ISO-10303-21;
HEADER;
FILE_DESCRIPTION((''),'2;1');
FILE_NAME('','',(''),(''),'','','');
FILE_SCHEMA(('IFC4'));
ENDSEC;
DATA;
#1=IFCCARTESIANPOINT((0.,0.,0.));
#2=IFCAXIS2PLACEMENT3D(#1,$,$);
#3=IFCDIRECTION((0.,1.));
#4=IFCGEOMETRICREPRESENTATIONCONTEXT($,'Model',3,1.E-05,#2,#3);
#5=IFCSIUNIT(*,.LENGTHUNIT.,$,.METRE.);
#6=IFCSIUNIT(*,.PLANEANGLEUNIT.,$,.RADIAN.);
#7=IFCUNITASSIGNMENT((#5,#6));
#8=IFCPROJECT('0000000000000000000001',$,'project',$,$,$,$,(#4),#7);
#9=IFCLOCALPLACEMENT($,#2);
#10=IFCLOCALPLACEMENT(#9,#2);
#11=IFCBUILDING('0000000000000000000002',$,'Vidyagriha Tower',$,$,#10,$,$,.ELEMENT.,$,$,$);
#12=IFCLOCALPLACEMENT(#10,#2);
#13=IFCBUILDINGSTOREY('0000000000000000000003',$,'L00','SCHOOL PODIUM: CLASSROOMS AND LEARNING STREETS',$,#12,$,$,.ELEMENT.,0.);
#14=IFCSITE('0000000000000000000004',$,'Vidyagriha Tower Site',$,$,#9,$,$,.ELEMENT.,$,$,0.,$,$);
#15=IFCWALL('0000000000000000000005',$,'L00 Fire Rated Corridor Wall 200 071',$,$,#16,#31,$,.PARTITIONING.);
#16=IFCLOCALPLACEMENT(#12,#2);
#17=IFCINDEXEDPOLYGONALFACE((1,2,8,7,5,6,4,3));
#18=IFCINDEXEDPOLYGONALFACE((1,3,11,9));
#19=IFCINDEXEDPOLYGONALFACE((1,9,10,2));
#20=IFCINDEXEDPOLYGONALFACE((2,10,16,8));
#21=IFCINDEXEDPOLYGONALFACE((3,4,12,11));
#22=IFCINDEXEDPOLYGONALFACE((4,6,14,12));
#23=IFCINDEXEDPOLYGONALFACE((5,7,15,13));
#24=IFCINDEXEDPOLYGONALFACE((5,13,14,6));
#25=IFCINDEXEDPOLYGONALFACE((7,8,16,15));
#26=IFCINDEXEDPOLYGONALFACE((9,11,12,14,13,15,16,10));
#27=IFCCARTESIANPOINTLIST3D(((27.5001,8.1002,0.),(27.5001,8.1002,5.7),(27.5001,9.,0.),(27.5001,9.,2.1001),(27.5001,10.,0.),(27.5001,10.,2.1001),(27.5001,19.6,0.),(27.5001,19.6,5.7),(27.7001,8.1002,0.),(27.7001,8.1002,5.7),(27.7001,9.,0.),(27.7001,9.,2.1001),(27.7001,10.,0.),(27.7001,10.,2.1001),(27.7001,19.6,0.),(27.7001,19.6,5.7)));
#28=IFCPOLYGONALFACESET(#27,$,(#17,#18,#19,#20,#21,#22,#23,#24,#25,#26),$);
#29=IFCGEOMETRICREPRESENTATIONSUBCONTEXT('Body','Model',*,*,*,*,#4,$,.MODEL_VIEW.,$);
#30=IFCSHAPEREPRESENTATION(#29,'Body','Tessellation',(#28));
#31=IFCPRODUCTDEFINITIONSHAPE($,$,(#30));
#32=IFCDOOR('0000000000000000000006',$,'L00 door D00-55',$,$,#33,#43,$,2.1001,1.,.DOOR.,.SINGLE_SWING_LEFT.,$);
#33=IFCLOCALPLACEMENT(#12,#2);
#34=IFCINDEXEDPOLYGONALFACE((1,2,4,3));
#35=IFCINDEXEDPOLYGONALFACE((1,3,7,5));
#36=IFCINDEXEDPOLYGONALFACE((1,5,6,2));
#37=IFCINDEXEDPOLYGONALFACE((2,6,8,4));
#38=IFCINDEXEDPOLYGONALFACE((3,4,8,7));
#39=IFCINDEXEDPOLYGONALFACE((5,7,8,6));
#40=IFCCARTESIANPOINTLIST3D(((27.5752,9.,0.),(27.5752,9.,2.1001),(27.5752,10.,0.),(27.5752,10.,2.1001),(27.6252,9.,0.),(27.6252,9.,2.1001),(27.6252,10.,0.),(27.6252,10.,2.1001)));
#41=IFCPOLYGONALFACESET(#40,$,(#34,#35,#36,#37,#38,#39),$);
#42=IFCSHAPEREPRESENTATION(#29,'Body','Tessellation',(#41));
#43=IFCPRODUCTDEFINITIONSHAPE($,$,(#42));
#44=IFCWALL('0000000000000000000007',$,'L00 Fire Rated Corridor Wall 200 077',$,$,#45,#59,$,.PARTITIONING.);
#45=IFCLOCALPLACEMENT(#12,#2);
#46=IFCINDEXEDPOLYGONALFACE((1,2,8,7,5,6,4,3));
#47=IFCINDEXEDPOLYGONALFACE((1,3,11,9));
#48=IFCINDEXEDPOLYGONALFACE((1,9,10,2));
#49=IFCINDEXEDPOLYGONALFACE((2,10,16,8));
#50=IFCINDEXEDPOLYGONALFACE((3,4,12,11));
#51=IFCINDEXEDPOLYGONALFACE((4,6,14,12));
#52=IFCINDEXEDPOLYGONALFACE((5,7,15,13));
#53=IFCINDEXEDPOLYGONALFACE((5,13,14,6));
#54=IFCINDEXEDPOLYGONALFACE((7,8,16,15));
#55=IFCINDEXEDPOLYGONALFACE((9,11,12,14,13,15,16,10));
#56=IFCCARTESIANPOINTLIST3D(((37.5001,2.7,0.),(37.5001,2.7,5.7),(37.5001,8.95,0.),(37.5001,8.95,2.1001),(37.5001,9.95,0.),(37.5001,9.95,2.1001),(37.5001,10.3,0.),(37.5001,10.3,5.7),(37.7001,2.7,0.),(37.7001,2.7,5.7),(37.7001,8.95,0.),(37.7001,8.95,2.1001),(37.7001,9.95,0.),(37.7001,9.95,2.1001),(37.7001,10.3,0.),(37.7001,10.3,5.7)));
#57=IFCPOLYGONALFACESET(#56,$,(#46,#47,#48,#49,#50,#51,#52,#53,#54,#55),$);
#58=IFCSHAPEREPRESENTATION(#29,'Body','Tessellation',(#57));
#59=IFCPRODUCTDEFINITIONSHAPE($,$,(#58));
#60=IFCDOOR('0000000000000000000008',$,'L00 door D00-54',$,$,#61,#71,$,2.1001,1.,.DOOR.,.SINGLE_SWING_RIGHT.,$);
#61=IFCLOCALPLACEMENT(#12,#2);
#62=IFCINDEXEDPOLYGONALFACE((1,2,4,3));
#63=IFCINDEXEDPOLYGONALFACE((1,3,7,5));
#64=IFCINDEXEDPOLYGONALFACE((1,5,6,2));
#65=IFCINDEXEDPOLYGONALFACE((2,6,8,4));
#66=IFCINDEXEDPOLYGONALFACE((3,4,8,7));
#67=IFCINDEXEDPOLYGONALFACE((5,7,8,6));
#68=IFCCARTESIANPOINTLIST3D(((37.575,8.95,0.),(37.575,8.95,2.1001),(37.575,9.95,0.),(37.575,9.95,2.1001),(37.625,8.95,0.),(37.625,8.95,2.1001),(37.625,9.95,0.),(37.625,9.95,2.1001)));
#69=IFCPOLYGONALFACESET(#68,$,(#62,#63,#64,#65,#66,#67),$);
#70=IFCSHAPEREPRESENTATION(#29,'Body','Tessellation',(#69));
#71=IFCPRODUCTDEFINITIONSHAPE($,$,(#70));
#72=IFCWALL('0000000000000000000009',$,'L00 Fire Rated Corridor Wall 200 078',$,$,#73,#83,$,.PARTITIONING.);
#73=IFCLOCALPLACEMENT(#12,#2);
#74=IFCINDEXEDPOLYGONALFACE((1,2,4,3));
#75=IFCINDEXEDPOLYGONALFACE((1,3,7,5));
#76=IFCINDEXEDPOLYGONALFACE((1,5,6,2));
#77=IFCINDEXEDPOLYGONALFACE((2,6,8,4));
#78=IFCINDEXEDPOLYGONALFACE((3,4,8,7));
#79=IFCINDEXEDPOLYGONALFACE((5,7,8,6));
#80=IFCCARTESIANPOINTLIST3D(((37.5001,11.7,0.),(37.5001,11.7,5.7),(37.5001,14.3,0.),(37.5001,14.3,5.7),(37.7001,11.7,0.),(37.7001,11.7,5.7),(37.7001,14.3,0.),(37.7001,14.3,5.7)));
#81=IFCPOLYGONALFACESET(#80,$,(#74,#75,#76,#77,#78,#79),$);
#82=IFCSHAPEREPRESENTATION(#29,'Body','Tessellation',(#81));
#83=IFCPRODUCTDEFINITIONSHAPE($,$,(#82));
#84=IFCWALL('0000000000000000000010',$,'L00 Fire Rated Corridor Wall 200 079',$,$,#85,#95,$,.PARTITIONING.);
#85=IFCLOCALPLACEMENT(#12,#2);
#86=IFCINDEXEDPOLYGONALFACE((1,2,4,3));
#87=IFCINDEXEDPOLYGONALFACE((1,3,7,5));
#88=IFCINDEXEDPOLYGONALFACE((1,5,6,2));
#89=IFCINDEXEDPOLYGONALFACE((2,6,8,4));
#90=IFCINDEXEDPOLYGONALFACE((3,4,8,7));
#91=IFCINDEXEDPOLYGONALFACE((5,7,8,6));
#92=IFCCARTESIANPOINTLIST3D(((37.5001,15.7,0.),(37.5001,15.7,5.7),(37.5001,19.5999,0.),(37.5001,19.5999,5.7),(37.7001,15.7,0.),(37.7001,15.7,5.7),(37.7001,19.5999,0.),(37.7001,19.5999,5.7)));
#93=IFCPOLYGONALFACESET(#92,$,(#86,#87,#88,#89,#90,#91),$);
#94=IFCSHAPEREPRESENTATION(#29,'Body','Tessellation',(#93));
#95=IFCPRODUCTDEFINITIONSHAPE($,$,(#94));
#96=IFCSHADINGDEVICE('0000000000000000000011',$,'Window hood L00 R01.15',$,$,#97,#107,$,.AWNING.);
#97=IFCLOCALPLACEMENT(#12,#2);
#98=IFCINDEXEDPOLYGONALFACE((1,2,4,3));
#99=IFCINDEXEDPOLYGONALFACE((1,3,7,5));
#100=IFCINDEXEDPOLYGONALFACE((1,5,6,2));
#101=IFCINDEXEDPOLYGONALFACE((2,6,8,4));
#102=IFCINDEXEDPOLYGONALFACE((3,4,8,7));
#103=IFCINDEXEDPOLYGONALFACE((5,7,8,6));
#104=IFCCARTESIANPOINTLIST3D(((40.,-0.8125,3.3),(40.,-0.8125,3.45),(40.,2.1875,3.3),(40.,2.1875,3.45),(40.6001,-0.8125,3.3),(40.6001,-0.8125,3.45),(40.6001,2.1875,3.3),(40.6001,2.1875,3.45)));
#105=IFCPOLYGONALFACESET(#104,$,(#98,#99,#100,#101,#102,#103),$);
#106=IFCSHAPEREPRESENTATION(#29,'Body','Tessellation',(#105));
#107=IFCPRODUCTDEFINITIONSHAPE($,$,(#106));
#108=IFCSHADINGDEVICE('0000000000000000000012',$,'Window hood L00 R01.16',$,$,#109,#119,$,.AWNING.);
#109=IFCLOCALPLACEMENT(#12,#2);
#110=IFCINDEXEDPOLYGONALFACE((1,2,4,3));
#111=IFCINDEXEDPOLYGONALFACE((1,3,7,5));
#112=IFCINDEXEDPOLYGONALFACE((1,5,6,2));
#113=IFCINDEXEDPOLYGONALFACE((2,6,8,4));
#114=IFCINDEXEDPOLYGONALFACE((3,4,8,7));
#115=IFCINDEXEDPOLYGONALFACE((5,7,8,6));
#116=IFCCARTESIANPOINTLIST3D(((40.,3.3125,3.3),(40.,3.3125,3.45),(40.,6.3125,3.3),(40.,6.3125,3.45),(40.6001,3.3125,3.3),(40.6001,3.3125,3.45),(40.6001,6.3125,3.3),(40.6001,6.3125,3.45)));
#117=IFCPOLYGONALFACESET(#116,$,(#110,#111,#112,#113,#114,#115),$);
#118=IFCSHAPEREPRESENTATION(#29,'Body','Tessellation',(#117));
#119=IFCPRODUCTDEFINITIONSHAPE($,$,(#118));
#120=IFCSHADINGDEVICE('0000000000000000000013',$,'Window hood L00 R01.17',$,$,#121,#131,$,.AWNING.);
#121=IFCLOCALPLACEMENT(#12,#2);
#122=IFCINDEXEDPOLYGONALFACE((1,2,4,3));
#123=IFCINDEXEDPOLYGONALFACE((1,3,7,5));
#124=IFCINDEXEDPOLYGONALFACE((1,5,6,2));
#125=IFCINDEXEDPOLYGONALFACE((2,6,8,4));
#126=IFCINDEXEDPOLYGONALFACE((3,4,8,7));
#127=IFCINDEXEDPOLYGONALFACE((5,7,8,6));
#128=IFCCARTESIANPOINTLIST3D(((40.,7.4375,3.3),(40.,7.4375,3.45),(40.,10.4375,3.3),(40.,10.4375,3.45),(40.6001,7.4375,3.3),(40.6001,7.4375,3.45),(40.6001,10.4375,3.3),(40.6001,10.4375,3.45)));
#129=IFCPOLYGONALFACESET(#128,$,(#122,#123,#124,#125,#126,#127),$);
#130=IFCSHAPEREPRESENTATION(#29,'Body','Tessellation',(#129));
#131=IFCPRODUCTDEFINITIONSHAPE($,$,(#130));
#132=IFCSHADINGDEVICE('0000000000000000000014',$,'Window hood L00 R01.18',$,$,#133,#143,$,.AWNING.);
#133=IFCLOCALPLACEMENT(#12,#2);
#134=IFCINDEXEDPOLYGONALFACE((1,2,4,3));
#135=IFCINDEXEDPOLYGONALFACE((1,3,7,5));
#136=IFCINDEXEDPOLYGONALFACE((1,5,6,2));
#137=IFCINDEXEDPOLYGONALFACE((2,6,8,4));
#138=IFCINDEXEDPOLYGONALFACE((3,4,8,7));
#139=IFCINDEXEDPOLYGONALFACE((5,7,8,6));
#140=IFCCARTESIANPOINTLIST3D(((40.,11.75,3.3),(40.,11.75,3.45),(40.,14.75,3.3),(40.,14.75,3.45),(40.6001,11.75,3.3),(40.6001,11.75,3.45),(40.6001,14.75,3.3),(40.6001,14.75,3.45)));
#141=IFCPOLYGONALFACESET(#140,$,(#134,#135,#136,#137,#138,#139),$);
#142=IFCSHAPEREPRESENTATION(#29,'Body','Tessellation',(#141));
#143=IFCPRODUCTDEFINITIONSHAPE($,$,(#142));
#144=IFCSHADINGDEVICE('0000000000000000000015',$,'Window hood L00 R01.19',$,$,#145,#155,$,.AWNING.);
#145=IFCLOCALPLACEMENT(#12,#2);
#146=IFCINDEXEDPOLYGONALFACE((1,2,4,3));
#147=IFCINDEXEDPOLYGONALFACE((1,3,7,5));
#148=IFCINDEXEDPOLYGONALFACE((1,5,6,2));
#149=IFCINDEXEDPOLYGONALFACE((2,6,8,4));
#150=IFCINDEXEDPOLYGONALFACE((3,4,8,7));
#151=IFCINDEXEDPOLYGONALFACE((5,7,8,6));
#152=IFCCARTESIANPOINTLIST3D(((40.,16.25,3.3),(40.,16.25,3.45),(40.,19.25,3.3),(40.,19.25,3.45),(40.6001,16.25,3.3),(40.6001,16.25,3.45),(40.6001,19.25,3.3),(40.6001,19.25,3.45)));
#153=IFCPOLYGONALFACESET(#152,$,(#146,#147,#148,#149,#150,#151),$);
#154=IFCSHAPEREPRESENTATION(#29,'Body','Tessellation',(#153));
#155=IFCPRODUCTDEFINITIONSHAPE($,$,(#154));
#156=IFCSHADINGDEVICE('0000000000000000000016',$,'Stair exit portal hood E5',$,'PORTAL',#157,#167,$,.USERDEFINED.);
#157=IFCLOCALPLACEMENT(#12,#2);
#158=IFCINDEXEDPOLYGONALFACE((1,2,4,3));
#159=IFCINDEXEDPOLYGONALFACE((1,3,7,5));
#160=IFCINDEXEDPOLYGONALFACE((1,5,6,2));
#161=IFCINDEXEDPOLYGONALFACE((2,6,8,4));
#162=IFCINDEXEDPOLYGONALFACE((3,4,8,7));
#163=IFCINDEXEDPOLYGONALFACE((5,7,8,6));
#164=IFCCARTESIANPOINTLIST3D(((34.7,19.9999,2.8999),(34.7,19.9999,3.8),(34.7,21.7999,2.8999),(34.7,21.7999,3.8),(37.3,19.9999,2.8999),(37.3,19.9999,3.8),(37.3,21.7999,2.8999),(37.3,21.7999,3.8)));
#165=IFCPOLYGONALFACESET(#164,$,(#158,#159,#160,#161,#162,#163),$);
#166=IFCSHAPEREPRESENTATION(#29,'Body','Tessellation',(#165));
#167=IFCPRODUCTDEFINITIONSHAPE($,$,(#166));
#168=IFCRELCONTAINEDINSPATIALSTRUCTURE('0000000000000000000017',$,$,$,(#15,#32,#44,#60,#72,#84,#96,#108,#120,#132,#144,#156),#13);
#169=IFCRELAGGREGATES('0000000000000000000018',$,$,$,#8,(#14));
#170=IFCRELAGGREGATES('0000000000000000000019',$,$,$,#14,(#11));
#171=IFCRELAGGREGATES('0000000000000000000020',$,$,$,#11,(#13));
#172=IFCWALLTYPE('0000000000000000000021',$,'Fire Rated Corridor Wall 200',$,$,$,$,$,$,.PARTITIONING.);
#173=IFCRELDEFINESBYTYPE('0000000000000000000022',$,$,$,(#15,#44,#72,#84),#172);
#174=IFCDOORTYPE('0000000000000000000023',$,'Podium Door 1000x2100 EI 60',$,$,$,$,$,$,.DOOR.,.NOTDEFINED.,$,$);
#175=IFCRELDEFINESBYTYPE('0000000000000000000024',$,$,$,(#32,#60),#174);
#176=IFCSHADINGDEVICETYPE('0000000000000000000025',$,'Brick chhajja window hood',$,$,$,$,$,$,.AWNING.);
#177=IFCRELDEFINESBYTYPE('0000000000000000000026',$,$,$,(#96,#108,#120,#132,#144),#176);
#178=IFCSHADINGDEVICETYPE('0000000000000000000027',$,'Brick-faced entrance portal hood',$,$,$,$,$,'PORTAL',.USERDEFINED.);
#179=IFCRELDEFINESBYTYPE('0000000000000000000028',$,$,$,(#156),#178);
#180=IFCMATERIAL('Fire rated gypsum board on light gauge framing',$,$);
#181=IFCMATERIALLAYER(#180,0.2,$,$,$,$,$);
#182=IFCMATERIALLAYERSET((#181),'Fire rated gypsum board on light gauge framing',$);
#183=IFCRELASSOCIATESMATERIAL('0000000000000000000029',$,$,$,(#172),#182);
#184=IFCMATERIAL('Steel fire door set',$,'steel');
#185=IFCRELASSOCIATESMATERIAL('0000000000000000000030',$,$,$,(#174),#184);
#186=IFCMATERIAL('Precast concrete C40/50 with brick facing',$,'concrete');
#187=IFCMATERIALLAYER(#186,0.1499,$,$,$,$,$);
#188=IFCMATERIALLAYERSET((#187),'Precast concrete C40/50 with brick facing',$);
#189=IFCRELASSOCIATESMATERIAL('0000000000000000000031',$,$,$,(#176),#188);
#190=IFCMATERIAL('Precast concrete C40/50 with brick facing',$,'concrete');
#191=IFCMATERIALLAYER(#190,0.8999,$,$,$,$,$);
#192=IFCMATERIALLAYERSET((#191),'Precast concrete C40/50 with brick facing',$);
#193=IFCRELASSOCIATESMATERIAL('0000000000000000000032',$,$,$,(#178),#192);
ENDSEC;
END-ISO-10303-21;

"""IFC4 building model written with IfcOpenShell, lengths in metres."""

from ifc_helpers import new_model, si_unit, direction, frame, frame_2d, origin, origin_2d, place, context, subcontext, project, spatial, rectangle, extrude, material, layer, layer_set, type_object, element, fill, save


model = new_model("IFC4")

# Units and contexts
model_context = context("Model", 3, precision=1e-05, world=origin(), true_north=direction((0.0, 1.0)))
body_context = subcontext(model_context, "Body", "Model", "MODEL_VIEW")
ifc_project = project(units=[si_unit("LENGTHUNIT", "METRE"), si_unit("PLANEANGLEUNIT", "RADIAN")], contexts=[model_context])

# Site, building, storey
site_placement = place(None, origin())
site = spatial("IfcSite", under=ifc_project, at=site_placement, Name="Vidyagriha Tower Site", CompositionType="ELEMENT", RefElevation=0.0)
building_placement = place(site_placement, origin())
building = spatial("IfcBuilding", under=site, at=building_placement, Name="Vidyagriha Tower", CompositionType="ELEMENT")
storey_placement = place(building_placement, origin())
storey = spatial("IfcBuildingStorey", under=building, at=storey_placement, Name="L00", Description="SCHOOL PODIUM: CLASSROOMS AND LEARNING STREETS", CompositionType="ELEMENT", Elevation=0.0)

# Shared definitions
ifc_material_1 = material(Name="Fire rated gypsum board on light gauge framing")
ifc_layer_1 = layer(ifc_material_1, 0.2)
ifc_layer_set_1 = layer_set([ifc_layer_1], Name="Fire rated gypsum board on light gauge framing")
wall_type_1 = type_object("IfcWallType", Name="Fire Rated Corridor Wall 200", PredefinedType="PARTITIONING", material=ifc_layer_set_1)
ifc_material_2 = material(Name="Steel fire door set", Category="steel")
door_type_1 = type_object("IfcDoorType", Name="Podium Door 1000x2100 EI 60", OperationType="NOTDEFINED", PredefinedType="DOOR", material=ifc_material_2)

# Walls, openings, doors
wall_1_placement = place(storey_placement, frame((27.6001, 8.1001, 0.0), z_axis=(0.0, 0.0, 1.0), x_axis=(0.0, 1.0, 0.0)))
wall_1 = element("IfcWall", 1, at=wall_1_placement, inside=storey, type_object=wall_type_1, Name="L00 Fire Rated Corridor Wall 200 071", PredefinedType="PARTITIONING", context=body_context, shape_type="SweptSolid", body=[
    extrude(rectangle(XDim=11.4998, YDim=0.2, at=frame_2d((5.75, 0.0))), origin(), (0.0, 0.0, 1.0), 5.7),
])
opening_1_placement = place(wall_1_placement, frame((0.8999, 0.0, 0.0)))
opening_1 = element("IfcOpeningElement", 2, at=opening_1_placement, cuts=wall_1, PredefinedType="OPENING", context=body_context, shape_type="SweptSolid", body=[
    extrude(rectangle(XDim=1.0, YDim=2.1001, at=frame_2d((0.5, 1.05))), frame((0.0, 0.1099, 0.0), z_axis=(0.0, -1.0, 0.0), x_axis=(1.0, 0.0, 0.0)), (0.0, 0.0, 1.0), 0.22),
])
door_1_placement = place(opening_1_placement, origin())
door_1 = element("IfcDoor", 3, at=door_1_placement, inside=storey, type_object=door_type_1, Name="L00 door D00-55", OperationType="SINGLE_SWING_LEFT", OverallHeight=2.1001, OverallWidth=1.0, PredefinedType="DOOR", context=body_context, shape_type="SweptSolid", body=[
    extrude(rectangle(XDim=1.0, YDim=2.1001, at=frame_2d((0.5, 1.05))), frame((0.0, 0.0249, 0.0), z_axis=(0.0, -1.0, 0.0), x_axis=(1.0, 0.0, 0.0)), (0.0, 0.0, 1.0), 0.05),
])
fill(opening_1, door_1)
wall_2_placement = place(storey_placement, frame((37.6001, 2.7, 0.0), z_axis=(0.0, 0.0, 1.0), x_axis=(0.0, 1.0, 0.0)))
wall_2 = element("IfcWall", 4, at=wall_2_placement, inside=storey, type_object=wall_type_1, Name="L00 Fire Rated Corridor Wall 200 077", PredefinedType="PARTITIONING", context=body_context, shape_type="SweptSolid", body=[
    extrude(rectangle(XDim=7.6001, YDim=0.2, at=frame_2d((3.8, 0.0))), origin(), (0.0, 0.0, 1.0), 5.7),
])
opening_2_placement = place(wall_2_placement, frame((6.25, 0.0, 0.0)))
opening_2 = element("IfcOpeningElement", 5, at=opening_2_placement, cuts=wall_2, PredefinedType="OPENING", context=body_context, shape_type="SweptSolid", body=[
    extrude(rectangle(XDim=1.0, YDim=2.1001, at=frame_2d((0.5, 1.05))), frame((0.0, 0.1099, 0.0), z_axis=(0.0, -1.0, 0.0), x_axis=(1.0, 0.0, 0.0)), (0.0, 0.0, 1.0), 0.22),
])
door_2_placement = place(opening_2_placement, frame((1.0, 0.0, 0.0), z_axis=(0.0, 0.0, 1.0), x_axis=(-1.0, 0.0, 0.0)))
door_2 = element("IfcDoor", 6, at=door_2_placement, inside=storey, type_object=door_type_1, Name="L00 door D00-54", OperationType="SINGLE_SWING_RIGHT", OverallHeight=2.1001, OverallWidth=1.0, PredefinedType="DOOR", context=body_context, shape_type="SweptSolid", body=[
    extrude(rectangle(XDim=1.0, YDim=2.1001, at=frame_2d((0.5, 1.05))), frame((0.0, 0.0249, 0.0), z_axis=(0.0, -1.0, 0.0), x_axis=(1.0, 0.0, 0.0)), (0.0, 0.0, 1.0), 0.05),
])
fill(opening_2, door_2)

# Walls
wall_3_placement = place(storey_placement, frame((37.6001, 11.7, 0.0), z_axis=(0.0, 0.0, 1.0), x_axis=(0.0, 1.0, 0.0)))
element("IfcWall", 7, at=wall_3_placement, inside=storey, type_object=wall_type_1, Name="L00 Fire Rated Corridor Wall 200 078", PredefinedType="PARTITIONING", context=body_context, shape_type="SweptSolid", body=[
    extrude(rectangle(XDim=2.6001, YDim=0.2, at=frame_2d((1.3, 0.0))), origin(), (0.0, 0.0, 1.0), 5.7),
])
wall_4_placement = place(storey_placement, frame((37.6001, 15.7, 0.0), z_axis=(0.0, 0.0, 1.0), x_axis=(0.0, 1.0, 0.0)))
element("IfcWall", 8, at=wall_4_placement, inside=storey, type_object=wall_type_1, Name="L00 Fire Rated Corridor Wall 200 079", PredefinedType="PARTITIONING", context=body_context, shape_type="SweptSolid", body=[
    extrude(rectangle(XDim=3.8999, YDim=0.2, at=frame_2d((1.95, 0.0))), origin(), (0.0, 0.0, 1.0), 5.7),
])

# Shading devices
ifc_material_3 = material(Name="Precast concrete C40/50 with brick facing", Category="concrete")
ifc_layer_2 = layer(ifc_material_3, 0.1499)
ifc_layer_set_2 = layer_set([ifc_layer_2], Name="Precast concrete C40/50 with brick facing")
shading_device_type_1 = type_object("IfcShadingDeviceType", Name="Brick chhajja window hood", PredefinedType="AWNING", material=ifc_layer_set_2)
for number, where, z_axis, x_axis, name in (
    (9, (40.3, 0.6875, 3.3), (0.0, 0.0, 1.0), (0.0, 1.0, 0.0), "Window hood L00 R01.15"),
    (10, (40.3, 4.8125, 3.3), (0.0, 0.0, 1.0), (0.0, 1.0, 0.0), "Window hood L00 R01.16"),
    (11, (40.3, 8.9375, 3.3), (0.0, 0.0, 1.0), (0.0, 1.0, 0.0), "Window hood L00 R01.17"),
    (12, (40.3, 13.25, 3.3), (0.0, 0.0, 1.0), (0.0, 1.0, 0.0), "Window hood L00 R01.18"),
    (13, (40.3, 17.75, 3.3), (0.0, 0.0, 1.0), (0.0, 1.0, 0.0), "Window hood L00 R01.19"),
):
    element("IfcShadingDevice", number, at=place(storey_placement, frame(where, z_axis=z_axis, x_axis=x_axis)), inside=storey, type_object=shading_device_type_1, Name=name, PredefinedType="AWNING", context=body_context, shape_type="SweptSolid", body=[
        extrude(rectangle(XDim=3.0, YDim=0.6001, at=origin_2d()), origin(), (0.0, 0.0, 1.0), 0.1499),
    ])
ifc_material_4 = material(Name="Precast concrete C40/50 with brick facing", Category="concrete")
ifc_layer_3 = layer(ifc_material_4, 0.8999)
ifc_layer_set_3 = layer_set([ifc_layer_3], Name="Precast concrete C40/50 with brick facing")
shading_device_type_2 = type_object("IfcShadingDeviceType", Name="Brick-faced entrance portal hood", ElementType="PORTAL", PredefinedType="USERDEFINED", material=ifc_layer_set_3)
shading_device_placement = place(storey_placement, frame((37.3, 20.8999, 2.8999), z_axis=(0.0, 0.0, 1.0), x_axis=(-1.0, 0.0, 0.0)))
element("IfcShadingDevice", 14, at=shading_device_placement, inside=storey, type_object=shading_device_type_2, Name="Stair exit portal hood E5", ObjectType="PORTAL", PredefinedType="USERDEFINED", context=body_context, shape_type="SweptSolid", body=[
    extrude(rectangle(XDim=2.6001, YDim=1.8, at=frame_2d((1.3, 0.0))), origin(), (0.0, 0.0, 1.0), 0.9001),
])

save(model, "model.ifc")
